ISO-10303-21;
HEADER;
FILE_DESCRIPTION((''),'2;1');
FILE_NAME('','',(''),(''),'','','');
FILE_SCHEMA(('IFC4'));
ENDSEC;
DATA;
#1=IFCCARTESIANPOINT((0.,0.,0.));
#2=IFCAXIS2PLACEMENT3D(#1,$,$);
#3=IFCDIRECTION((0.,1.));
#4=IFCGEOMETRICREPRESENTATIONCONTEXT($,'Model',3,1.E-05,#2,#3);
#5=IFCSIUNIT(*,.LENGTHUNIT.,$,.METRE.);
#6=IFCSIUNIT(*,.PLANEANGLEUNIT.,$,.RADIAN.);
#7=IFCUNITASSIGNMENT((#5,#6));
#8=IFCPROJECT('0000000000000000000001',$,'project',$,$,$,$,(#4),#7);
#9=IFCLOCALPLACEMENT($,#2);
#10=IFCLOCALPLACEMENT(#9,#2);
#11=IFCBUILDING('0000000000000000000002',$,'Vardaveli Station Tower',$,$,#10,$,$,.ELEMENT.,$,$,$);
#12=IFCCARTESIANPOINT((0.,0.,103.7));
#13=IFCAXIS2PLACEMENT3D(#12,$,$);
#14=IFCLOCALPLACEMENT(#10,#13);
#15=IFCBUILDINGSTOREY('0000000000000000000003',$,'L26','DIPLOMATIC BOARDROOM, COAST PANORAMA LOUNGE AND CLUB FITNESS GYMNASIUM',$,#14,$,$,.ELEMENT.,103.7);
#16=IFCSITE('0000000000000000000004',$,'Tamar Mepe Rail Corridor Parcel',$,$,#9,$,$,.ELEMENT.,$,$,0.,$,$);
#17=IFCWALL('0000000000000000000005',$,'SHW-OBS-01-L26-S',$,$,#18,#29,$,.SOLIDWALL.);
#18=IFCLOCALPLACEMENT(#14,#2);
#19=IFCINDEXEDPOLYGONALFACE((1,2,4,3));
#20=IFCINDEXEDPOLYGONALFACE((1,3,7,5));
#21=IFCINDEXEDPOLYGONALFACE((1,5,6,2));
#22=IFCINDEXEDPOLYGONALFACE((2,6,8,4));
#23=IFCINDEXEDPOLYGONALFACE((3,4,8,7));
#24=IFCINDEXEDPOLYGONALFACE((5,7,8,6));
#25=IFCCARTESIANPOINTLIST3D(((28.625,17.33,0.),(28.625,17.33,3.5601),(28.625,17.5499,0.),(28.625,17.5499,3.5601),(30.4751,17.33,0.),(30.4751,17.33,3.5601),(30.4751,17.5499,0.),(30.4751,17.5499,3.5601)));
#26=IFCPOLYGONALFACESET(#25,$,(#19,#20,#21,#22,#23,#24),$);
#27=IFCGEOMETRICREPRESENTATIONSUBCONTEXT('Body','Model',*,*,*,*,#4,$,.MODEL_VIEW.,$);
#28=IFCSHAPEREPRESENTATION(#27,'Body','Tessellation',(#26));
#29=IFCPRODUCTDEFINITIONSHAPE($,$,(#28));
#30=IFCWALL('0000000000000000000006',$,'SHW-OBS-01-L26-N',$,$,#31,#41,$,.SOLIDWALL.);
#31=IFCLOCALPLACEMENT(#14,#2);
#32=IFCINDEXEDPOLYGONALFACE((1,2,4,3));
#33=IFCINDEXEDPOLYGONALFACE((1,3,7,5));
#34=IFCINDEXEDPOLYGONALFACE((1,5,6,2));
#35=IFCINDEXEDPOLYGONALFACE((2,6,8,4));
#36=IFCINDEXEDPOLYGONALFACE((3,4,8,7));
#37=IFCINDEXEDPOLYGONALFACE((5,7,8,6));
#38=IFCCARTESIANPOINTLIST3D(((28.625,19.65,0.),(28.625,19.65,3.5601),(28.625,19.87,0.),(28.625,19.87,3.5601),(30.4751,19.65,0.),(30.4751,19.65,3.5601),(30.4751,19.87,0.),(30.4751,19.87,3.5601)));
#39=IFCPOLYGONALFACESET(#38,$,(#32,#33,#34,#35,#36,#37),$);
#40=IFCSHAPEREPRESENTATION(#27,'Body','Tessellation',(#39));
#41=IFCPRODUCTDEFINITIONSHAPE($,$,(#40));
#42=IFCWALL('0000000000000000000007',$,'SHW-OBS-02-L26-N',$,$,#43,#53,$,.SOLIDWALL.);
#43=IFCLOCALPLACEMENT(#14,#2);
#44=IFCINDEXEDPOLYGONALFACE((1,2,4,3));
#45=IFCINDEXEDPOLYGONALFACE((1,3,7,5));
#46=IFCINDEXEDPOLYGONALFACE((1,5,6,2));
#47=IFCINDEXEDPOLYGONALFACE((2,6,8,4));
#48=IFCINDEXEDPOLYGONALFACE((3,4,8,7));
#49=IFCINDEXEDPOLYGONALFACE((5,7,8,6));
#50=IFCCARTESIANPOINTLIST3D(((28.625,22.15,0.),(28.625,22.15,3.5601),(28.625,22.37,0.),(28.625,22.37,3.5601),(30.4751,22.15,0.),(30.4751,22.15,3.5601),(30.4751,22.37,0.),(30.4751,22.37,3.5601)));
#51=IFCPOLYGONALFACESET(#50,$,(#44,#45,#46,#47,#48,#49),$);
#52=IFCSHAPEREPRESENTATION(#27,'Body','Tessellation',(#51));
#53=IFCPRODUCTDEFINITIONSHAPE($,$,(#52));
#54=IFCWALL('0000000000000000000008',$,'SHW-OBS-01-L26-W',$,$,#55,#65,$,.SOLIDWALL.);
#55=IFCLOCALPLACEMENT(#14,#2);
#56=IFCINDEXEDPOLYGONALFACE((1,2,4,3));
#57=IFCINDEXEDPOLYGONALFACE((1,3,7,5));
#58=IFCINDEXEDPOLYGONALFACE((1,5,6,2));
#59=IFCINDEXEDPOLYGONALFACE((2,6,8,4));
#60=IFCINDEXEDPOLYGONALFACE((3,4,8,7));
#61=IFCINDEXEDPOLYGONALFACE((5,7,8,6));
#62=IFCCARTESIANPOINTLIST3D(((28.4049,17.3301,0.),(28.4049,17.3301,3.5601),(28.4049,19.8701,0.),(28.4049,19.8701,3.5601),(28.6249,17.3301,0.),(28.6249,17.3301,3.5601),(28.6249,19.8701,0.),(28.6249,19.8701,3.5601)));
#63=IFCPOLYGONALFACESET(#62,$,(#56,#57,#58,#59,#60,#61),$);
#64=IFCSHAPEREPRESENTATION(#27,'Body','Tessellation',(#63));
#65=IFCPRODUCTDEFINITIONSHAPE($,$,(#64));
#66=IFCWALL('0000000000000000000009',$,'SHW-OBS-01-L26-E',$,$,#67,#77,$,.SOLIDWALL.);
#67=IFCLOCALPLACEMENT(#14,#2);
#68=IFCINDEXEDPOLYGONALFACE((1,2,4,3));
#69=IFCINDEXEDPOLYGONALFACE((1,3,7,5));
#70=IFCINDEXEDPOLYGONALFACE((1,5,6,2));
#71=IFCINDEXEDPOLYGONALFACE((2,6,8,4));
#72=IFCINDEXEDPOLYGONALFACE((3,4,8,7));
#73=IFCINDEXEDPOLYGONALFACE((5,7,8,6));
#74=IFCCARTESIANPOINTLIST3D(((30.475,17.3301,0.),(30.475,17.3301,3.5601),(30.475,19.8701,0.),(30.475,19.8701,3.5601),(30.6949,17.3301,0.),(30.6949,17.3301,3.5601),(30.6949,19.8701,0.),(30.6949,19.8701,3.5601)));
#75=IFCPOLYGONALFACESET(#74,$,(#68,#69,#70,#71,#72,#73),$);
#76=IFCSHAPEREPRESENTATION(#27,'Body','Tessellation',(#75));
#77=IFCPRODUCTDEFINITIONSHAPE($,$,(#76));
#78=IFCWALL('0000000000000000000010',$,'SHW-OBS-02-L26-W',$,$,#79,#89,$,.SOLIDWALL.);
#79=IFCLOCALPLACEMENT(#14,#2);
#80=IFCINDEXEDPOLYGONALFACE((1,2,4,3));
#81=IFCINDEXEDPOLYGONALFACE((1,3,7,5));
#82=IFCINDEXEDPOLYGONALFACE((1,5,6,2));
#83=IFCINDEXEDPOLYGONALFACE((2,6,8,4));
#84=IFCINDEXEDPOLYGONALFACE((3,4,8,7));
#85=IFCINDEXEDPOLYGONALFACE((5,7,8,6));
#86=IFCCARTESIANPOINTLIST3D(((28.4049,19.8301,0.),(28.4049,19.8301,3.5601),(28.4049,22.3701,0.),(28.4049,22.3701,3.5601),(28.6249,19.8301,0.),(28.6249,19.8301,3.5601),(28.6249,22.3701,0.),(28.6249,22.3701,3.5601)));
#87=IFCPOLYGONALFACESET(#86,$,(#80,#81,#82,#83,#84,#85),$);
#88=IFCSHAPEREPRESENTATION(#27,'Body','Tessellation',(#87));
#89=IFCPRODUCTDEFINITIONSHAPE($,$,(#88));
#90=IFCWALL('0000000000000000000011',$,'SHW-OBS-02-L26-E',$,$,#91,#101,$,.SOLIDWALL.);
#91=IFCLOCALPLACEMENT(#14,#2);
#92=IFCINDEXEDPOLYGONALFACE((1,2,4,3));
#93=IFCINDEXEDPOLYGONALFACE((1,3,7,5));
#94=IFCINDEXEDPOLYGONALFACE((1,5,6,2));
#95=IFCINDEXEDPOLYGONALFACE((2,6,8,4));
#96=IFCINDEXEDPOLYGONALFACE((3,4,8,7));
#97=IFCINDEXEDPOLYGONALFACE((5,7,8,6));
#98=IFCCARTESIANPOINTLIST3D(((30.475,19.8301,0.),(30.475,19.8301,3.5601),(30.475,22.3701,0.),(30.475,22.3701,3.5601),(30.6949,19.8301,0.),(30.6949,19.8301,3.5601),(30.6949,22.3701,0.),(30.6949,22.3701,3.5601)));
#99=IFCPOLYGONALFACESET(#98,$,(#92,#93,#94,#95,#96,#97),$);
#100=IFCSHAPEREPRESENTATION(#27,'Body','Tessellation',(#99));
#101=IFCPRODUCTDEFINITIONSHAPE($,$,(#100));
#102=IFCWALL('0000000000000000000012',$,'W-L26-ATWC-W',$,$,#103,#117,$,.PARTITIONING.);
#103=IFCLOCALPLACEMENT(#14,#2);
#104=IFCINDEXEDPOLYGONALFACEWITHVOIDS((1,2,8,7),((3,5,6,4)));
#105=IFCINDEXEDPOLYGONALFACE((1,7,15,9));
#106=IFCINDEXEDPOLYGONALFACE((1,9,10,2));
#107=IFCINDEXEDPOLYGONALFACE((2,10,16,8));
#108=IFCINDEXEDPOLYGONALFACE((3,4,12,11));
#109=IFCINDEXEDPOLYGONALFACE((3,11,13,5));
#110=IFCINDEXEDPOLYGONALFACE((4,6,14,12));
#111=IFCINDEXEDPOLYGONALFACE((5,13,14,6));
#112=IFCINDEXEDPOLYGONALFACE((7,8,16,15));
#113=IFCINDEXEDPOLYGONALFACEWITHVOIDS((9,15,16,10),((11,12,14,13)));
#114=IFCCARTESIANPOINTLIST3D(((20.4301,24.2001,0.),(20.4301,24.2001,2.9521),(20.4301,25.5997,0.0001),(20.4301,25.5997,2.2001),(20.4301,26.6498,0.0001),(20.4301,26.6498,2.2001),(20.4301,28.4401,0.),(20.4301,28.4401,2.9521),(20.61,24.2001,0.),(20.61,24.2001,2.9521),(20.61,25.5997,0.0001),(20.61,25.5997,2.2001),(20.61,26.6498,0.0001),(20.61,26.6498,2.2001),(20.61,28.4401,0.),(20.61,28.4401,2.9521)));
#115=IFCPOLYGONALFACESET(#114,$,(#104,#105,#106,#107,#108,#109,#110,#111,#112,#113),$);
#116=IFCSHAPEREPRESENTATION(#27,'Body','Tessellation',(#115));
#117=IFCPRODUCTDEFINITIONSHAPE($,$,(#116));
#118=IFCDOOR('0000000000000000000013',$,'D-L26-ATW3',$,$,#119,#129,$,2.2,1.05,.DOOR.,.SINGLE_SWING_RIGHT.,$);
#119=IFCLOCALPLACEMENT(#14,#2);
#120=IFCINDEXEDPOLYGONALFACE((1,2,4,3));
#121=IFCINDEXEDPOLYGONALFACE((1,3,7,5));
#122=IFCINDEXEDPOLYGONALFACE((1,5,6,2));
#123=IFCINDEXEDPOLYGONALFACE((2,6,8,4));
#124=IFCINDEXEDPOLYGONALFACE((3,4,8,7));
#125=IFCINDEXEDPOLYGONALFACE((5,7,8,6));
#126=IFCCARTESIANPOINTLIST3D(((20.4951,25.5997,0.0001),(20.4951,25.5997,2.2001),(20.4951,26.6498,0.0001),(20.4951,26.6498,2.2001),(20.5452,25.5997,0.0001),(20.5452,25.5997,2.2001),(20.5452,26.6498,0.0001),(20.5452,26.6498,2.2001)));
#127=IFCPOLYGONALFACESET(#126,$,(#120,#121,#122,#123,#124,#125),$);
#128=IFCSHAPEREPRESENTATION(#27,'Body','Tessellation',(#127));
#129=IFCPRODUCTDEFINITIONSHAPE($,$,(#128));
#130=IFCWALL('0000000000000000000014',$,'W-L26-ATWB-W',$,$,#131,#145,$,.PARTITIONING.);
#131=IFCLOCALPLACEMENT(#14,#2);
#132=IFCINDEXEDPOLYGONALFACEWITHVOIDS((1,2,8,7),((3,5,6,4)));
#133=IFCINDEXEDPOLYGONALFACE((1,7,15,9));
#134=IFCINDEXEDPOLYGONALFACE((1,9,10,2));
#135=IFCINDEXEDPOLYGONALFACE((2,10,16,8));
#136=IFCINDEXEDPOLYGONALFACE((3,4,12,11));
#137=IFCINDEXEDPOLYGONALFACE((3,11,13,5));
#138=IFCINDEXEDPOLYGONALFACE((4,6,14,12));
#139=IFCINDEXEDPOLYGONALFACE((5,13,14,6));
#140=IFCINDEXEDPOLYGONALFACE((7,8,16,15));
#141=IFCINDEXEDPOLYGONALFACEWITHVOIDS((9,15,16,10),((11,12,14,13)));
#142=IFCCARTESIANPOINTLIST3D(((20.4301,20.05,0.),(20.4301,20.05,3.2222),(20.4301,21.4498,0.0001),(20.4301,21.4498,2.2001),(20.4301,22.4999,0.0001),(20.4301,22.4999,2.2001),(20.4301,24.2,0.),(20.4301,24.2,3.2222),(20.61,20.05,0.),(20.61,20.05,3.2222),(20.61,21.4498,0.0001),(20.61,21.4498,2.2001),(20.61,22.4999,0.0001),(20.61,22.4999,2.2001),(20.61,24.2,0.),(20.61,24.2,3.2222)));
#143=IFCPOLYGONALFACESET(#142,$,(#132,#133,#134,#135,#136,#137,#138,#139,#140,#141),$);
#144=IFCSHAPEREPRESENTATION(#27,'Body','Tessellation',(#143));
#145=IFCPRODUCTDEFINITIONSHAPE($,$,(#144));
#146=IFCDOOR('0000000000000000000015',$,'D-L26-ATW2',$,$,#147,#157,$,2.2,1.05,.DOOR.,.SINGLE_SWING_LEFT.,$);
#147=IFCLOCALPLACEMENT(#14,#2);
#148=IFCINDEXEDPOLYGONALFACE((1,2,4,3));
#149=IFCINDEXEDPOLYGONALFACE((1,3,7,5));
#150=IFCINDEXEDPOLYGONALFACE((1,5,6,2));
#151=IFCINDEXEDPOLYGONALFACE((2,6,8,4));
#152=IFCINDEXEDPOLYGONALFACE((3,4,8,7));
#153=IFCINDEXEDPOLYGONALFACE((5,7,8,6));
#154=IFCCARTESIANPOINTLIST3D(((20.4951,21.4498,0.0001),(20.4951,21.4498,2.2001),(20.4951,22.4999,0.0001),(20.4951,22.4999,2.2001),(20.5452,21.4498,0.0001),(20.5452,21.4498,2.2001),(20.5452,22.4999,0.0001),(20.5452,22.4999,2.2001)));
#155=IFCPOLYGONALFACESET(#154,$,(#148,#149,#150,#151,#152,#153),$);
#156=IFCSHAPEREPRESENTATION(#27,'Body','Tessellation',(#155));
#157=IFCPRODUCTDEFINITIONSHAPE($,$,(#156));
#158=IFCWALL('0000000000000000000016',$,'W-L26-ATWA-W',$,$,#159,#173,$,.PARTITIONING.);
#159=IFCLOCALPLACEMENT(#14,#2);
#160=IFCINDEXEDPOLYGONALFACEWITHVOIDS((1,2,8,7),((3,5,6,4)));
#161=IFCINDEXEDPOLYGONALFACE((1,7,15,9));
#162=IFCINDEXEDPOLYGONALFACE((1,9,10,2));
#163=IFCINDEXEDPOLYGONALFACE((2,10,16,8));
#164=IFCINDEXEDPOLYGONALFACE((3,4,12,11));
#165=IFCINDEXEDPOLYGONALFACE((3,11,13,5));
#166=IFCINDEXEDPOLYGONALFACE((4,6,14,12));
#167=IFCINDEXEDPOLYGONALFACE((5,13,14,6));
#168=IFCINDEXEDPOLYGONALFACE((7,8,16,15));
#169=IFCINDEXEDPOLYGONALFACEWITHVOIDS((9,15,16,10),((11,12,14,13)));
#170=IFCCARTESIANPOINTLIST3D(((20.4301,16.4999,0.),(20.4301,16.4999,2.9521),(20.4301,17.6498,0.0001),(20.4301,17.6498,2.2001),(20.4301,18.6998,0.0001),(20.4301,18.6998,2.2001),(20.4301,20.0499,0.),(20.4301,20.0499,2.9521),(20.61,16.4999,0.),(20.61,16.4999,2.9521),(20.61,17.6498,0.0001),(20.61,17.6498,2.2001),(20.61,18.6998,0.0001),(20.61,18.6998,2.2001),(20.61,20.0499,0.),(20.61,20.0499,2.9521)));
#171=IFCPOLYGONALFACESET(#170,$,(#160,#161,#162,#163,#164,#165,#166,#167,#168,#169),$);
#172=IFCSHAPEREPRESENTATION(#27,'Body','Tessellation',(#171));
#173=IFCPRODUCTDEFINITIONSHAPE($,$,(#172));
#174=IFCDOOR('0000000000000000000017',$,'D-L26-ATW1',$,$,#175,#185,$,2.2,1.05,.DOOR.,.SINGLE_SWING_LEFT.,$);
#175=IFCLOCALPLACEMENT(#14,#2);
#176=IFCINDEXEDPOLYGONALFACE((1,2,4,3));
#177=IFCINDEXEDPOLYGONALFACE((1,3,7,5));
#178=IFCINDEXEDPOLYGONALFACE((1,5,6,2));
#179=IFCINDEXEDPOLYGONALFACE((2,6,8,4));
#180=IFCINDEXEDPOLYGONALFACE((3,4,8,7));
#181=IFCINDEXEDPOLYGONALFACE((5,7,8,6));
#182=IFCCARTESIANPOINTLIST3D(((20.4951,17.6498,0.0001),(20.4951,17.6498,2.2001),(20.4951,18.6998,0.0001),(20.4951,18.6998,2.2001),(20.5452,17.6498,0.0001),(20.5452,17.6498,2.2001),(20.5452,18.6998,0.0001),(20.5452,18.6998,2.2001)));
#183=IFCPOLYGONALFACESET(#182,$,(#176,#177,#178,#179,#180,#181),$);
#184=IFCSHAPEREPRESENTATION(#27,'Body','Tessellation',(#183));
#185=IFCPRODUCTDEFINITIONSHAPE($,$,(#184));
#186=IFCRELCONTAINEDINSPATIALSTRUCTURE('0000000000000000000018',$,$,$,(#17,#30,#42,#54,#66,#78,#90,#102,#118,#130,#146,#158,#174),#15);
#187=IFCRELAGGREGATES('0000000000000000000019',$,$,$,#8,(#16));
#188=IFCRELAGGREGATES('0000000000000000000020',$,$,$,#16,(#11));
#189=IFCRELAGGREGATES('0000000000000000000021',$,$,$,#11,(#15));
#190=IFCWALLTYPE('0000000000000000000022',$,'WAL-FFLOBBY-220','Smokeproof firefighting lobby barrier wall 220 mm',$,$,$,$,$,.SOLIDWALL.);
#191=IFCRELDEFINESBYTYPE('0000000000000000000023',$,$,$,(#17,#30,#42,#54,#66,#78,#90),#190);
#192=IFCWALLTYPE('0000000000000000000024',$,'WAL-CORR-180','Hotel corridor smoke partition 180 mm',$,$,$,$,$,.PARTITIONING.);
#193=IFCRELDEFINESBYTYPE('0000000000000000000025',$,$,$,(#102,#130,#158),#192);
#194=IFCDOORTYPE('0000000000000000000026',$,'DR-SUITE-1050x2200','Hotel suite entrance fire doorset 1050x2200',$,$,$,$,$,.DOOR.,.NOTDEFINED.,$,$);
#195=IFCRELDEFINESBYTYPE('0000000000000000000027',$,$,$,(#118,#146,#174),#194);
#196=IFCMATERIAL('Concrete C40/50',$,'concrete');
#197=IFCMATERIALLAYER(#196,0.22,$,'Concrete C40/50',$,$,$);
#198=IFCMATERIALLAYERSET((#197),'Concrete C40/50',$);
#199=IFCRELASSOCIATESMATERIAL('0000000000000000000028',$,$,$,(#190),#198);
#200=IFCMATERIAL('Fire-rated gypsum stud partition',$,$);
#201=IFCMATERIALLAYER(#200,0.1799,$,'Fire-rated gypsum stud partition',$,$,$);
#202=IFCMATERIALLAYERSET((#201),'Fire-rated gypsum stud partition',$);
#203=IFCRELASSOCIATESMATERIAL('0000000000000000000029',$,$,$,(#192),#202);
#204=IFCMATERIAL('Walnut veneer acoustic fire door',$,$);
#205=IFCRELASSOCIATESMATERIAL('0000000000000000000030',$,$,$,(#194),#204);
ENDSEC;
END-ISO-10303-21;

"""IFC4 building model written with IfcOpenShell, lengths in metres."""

from ifc_helpers import new_model, si_unit, direction, frame, frame_2d, origin, place, context, subcontext, project, spatial, rectangle, extrude, source, transform, mapped, material, layer, layer_set, type_object, element, fill, save


model = new_model("IFC4")

# Units and contexts
model_context = context("Model", 3, precision=1e-05, world=origin(), true_north=direction((0.0, 1.0)))
body_context = subcontext(model_context, "Body", "Model", "MODEL_VIEW")
ifc_project = project(units=[si_unit("LENGTHUNIT", "METRE"), si_unit("PLANEANGLEUNIT", "RADIAN")], contexts=[model_context])

# Site, building, storey
site_placement = place(None, origin())
site = spatial("IfcSite", under=ifc_project, at=site_placement, Name="Tamar Mepe Rail Corridor Parcel", CompositionType="ELEMENT", RefElevation=0.0)
building_placement = place(site_placement, origin())
building = spatial("IfcBuilding", under=site, at=building_placement, Name="Vardaveli Station Tower", CompositionType="ELEMENT")
storey_placement = place(building_placement, frame((0.0, 0.0, 103.7)))
storey = spatial("IfcBuildingStorey", under=building, at=storey_placement, Name="L26", Description="DIPLOMATIC BOARDROOM, COAST PANORAMA LOUNGE AND CLUB FITNESS GYMNASIUM", CompositionType="ELEMENT", Elevation=103.7)

# Walls
ifc_material_1 = material(Name="Concrete C40/50", Category="concrete")
ifc_layer_1 = layer(ifc_material_1, 0.22, Name="Concrete C40/50")
ifc_layer_set_1 = layer_set([ifc_layer_1], Name="Concrete C40/50")
wall_type_1 = type_object("IfcWallType", Name="WAL-FFLOBBY-220", Description="Smokeproof firefighting lobby barrier wall 220 mm", PredefinedType="SOLIDWALL", material=ifc_layer_set_1)
shared_shape_1 = source(origin(), body_context, "Body", "SweptSolid", [
    extrude(rectangle(XDim=1.8501, YDim=0.22, at=frame_2d((0.925, 0.0))), origin(), (0.0, 0.0, 1.0), 3.5601),
])
for number, where, z_axis, x_axis, name in (
    (1, (28.625, 17.4399, 0.0), (0.0, 0.0, 1.0), (1.0, 0.0, 0.0), "SHW-OBS-01-L26-S"),
    (2, (28.625, 19.76, 0.0), (0.0, 0.0, 1.0), (1.0, 0.0, 0.0), "SHW-OBS-01-L26-N"),
    (3, (28.625, 22.26, 0.0), (0.0, 0.0, 1.0), (1.0, 0.0, 0.0), "SHW-OBS-02-L26-N"),
):
    element("IfcWall", number, at=place(storey_placement, frame(where, z_axis=z_axis, x_axis=x_axis)), inside=storey, type_object=wall_type_1, Name=name, PredefinedType="SOLIDWALL", context=body_context, shape_type="MappedRepresentation", body=[
        mapped(shared_shape_1, transform((0.0, 0.0, 0.0), scale=1.0)),
    ])
shared_shape_2 = source(origin(), body_context, "Body", "SweptSolid", [
    extrude(rectangle(XDim=2.54, YDim=0.22, at=frame_2d((1.27, 0.0))), origin(), (0.0, 0.0, 1.0), 3.5601),
])
for number, where, z_axis, x_axis, name in (
    (4, (28.5149, 17.3301, 0.0), (0.0, 0.0, 1.0), (0.0, 1.0, 0.0), "SHW-OBS-01-L26-W"),
    (5, (30.585, 17.3301, 0.0), (0.0, 0.0, 1.0), (0.0, 1.0, 0.0), "SHW-OBS-01-L26-E"),
    (6, (28.5149, 19.8301, 0.0), (0.0, 0.0, 1.0), (0.0, 1.0, 0.0), "SHW-OBS-02-L26-W"),
    (7, (30.585, 19.8301, 0.0), (0.0, 0.0, 1.0), (0.0, 1.0, 0.0), "SHW-OBS-02-L26-E"),
):
    element("IfcWall", number, at=place(storey_placement, frame(where, z_axis=z_axis, x_axis=x_axis)), inside=storey, type_object=wall_type_1, Name=name, PredefinedType="SOLIDWALL", context=body_context, shape_type="MappedRepresentation", body=[
        mapped(shared_shape_2, transform((0.0, 0.0, 0.0), scale=1.0)),
    ])

# Walls, openings, doors
ifc_material_2 = material(Name="Fire-rated gypsum stud partition")
ifc_layer_2 = layer(ifc_material_2, 0.1799, Name="Fire-rated gypsum stud partition")
ifc_layer_set_2 = layer_set([ifc_layer_2], Name="Fire-rated gypsum stud partition")
wall_type_2 = type_object("IfcWallType", Name="WAL-CORR-180", Description="Hotel corridor smoke partition 180 mm", PredefinedType="PARTITIONING", material=ifc_layer_set_2)
shared_shape_3 = source(origin(), body_context, "Body", "SweptSolid", [
    extrude(rectangle(XDim=4.24, YDim=0.1799, at=frame_2d((2.1201, 0.0))), origin(), (0.0, 0.0, 1.0), 2.9521),
])
wall_1_placement = place(storey_placement, frame((20.52, 24.2, 0.0), z_axis=(0.0, 0.0, 1.0), x_axis=(0.0, 1.0, 0.0)))
wall_1 = element("IfcWall", 8, at=wall_1_placement, inside=storey, type_object=wall_type_2, Name="W-L26-ATWC-W", PredefinedType="PARTITIONING", context=body_context, shape_type="MappedRepresentation", body=[
    mapped(shared_shape_3, transform((0.0, 0.0, 0.0), scale=1.0)),
])
shared_shape_4 = source(origin(), body_context, "Body", "SweptSolid", [
    extrude(rectangle(XDim=1.05, YDim=2.2, at=frame_2d((0.5249, 1.1001))), frame((0.0, 0.1001, 0.0), z_axis=(0.0, -1.0, 0.0), x_axis=(1.0, 0.0, 0.0)), (0.0, 0.0, 1.0), 0.2),
])
opening_1_placement = place(wall_1_placement, frame((1.3999, 0.0, 0.0)))
opening_1 = element("IfcOpeningElement", 9, at=opening_1_placement, cuts=wall_1, PredefinedType="OPENING", context=body_context, shape_type="MappedRepresentation", body=[
    mapped(shared_shape_4, transform((0.0, 0.0, 0.0), scale=1.0)),
])
ifc_material_3 = material(Name="Walnut veneer acoustic fire door")
door_type = type_object("IfcDoorType", Name="DR-SUITE-1050x2200", Description="Hotel suite entrance fire doorset 1050x2200", OperationType="NOTDEFINED", PredefinedType="DOOR", material=ifc_material_3)
shared_shape_5 = source(origin(), body_context, "Body", "SweptSolid", [
    extrude(rectangle(XDim=1.05, YDim=2.2, at=frame_2d((0.5249, 1.1001))), frame((0.0, 0.0249, 0.0), z_axis=(0.0, -1.0, 0.0), x_axis=(1.0, 0.0, 0.0)), (0.0, 0.0, 1.0), 0.05),
])
door_1_placement = place(opening_1_placement, origin())
door_1 = element("IfcDoor", 10, at=door_1_placement, inside=storey, type_object=door_type, Name="D-L26-ATW3", OperationType="SINGLE_SWING_RIGHT", OverallHeight=2.2, OverallWidth=1.05, PredefinedType="DOOR", context=body_context, shape_type="MappedRepresentation", body=[
    mapped(shared_shape_5, transform((0.0, 0.0, 0.0), scale=1.0)),
])
fill(opening_1, door_1)
shared_shape_6 = source(origin(), body_context, "Body", "SweptSolid", [
    extrude(rectangle(XDim=4.1499, YDim=0.1799, at=frame_2d((2.075, 0.0))), origin(), (0.0, 0.0, 1.0), 3.2222),
])
wall_2_placement = place(storey_placement, frame((20.52, 20.05, 0.0), z_axis=(0.0, 0.0, 1.0), x_axis=(0.0, 1.0, 0.0)))
wall_2 = element("IfcWall", 11, at=wall_2_placement, inside=storey, type_object=wall_type_2, Name="W-L26-ATWB-W", PredefinedType="PARTITIONING", context=body_context, shape_type="MappedRepresentation", body=[
    mapped(shared_shape_6, transform((0.0, 0.0, 0.0), scale=1.0)),
])
opening_2_placement = place(wall_2_placement, frame((1.3999, 0.0, 0.0)))
opening_2 = element("IfcOpeningElement", 12, at=opening_2_placement, cuts=wall_2, PredefinedType="OPENING", context=body_context, shape_type="MappedRepresentation", body=[
    mapped(shared_shape_4, transform((0.0, 0.0, 0.0), scale=1.0)),
])
door_2_placement = place(opening_2_placement, origin())
door_2 = element("IfcDoor", 13, at=door_2_placement, inside=storey, type_object=door_type, Name="D-L26-ATW2", OperationType="SINGLE_SWING_LEFT", OverallHeight=2.2, OverallWidth=1.05, PredefinedType="DOOR", context=body_context, shape_type="MappedRepresentation", body=[
    mapped(shared_shape_5, transform((0.0, 0.0, 0.0), scale=1.0)),
])
fill(opening_2, door_2)
shared_shape_7 = source(origin(), body_context, "Body", "SweptSolid", [
    extrude(rectangle(XDim=3.55, YDim=0.1799, at=frame_2d((1.7749, 0.0))), origin(), (0.0, 0.0, 1.0), 2.9521),
])
wall_3_placement = place(storey_placement, frame((20.52, 16.5, 0.0), z_axis=(0.0, 0.0, 1.0), x_axis=(0.0, 1.0, 0.0)))
wall_3 = element("IfcWall", 14, at=wall_3_placement, inside=storey, type_object=wall_type_2, Name="W-L26-ATWA-W", PredefinedType="PARTITIONING", context=body_context, shape_type="MappedRepresentation", body=[
    mapped(shared_shape_7, transform((0.0, 0.0, 0.0), scale=1.0)),
])
opening_3_placement = place(wall_3_placement, frame((1.1499, 0.0, 0.0)))
opening_3 = element("IfcOpeningElement", 15, at=opening_3_placement, cuts=wall_3, PredefinedType="OPENING", context=body_context, shape_type="MappedRepresentation", body=[
    mapped(shared_shape_4, transform((0.0, 0.0, 0.0), scale=1.0)),
])
door_3_placement = place(opening_3_placement, origin())
door_3 = element("IfcDoor", 16, at=door_3_placement, inside=storey, type_object=door_type, Name="D-L26-ATW1", OperationType="SINGLE_SWING_LEFT", OverallHeight=2.2, OverallWidth=1.05, PredefinedType="DOOR", context=body_context, shape_type="MappedRepresentation", body=[
    mapped(shared_shape_5, transform((0.0, 0.0, 0.0), scale=1.0)),
])
fill(opening_3, door_3)

save(model, "model.ifc")
